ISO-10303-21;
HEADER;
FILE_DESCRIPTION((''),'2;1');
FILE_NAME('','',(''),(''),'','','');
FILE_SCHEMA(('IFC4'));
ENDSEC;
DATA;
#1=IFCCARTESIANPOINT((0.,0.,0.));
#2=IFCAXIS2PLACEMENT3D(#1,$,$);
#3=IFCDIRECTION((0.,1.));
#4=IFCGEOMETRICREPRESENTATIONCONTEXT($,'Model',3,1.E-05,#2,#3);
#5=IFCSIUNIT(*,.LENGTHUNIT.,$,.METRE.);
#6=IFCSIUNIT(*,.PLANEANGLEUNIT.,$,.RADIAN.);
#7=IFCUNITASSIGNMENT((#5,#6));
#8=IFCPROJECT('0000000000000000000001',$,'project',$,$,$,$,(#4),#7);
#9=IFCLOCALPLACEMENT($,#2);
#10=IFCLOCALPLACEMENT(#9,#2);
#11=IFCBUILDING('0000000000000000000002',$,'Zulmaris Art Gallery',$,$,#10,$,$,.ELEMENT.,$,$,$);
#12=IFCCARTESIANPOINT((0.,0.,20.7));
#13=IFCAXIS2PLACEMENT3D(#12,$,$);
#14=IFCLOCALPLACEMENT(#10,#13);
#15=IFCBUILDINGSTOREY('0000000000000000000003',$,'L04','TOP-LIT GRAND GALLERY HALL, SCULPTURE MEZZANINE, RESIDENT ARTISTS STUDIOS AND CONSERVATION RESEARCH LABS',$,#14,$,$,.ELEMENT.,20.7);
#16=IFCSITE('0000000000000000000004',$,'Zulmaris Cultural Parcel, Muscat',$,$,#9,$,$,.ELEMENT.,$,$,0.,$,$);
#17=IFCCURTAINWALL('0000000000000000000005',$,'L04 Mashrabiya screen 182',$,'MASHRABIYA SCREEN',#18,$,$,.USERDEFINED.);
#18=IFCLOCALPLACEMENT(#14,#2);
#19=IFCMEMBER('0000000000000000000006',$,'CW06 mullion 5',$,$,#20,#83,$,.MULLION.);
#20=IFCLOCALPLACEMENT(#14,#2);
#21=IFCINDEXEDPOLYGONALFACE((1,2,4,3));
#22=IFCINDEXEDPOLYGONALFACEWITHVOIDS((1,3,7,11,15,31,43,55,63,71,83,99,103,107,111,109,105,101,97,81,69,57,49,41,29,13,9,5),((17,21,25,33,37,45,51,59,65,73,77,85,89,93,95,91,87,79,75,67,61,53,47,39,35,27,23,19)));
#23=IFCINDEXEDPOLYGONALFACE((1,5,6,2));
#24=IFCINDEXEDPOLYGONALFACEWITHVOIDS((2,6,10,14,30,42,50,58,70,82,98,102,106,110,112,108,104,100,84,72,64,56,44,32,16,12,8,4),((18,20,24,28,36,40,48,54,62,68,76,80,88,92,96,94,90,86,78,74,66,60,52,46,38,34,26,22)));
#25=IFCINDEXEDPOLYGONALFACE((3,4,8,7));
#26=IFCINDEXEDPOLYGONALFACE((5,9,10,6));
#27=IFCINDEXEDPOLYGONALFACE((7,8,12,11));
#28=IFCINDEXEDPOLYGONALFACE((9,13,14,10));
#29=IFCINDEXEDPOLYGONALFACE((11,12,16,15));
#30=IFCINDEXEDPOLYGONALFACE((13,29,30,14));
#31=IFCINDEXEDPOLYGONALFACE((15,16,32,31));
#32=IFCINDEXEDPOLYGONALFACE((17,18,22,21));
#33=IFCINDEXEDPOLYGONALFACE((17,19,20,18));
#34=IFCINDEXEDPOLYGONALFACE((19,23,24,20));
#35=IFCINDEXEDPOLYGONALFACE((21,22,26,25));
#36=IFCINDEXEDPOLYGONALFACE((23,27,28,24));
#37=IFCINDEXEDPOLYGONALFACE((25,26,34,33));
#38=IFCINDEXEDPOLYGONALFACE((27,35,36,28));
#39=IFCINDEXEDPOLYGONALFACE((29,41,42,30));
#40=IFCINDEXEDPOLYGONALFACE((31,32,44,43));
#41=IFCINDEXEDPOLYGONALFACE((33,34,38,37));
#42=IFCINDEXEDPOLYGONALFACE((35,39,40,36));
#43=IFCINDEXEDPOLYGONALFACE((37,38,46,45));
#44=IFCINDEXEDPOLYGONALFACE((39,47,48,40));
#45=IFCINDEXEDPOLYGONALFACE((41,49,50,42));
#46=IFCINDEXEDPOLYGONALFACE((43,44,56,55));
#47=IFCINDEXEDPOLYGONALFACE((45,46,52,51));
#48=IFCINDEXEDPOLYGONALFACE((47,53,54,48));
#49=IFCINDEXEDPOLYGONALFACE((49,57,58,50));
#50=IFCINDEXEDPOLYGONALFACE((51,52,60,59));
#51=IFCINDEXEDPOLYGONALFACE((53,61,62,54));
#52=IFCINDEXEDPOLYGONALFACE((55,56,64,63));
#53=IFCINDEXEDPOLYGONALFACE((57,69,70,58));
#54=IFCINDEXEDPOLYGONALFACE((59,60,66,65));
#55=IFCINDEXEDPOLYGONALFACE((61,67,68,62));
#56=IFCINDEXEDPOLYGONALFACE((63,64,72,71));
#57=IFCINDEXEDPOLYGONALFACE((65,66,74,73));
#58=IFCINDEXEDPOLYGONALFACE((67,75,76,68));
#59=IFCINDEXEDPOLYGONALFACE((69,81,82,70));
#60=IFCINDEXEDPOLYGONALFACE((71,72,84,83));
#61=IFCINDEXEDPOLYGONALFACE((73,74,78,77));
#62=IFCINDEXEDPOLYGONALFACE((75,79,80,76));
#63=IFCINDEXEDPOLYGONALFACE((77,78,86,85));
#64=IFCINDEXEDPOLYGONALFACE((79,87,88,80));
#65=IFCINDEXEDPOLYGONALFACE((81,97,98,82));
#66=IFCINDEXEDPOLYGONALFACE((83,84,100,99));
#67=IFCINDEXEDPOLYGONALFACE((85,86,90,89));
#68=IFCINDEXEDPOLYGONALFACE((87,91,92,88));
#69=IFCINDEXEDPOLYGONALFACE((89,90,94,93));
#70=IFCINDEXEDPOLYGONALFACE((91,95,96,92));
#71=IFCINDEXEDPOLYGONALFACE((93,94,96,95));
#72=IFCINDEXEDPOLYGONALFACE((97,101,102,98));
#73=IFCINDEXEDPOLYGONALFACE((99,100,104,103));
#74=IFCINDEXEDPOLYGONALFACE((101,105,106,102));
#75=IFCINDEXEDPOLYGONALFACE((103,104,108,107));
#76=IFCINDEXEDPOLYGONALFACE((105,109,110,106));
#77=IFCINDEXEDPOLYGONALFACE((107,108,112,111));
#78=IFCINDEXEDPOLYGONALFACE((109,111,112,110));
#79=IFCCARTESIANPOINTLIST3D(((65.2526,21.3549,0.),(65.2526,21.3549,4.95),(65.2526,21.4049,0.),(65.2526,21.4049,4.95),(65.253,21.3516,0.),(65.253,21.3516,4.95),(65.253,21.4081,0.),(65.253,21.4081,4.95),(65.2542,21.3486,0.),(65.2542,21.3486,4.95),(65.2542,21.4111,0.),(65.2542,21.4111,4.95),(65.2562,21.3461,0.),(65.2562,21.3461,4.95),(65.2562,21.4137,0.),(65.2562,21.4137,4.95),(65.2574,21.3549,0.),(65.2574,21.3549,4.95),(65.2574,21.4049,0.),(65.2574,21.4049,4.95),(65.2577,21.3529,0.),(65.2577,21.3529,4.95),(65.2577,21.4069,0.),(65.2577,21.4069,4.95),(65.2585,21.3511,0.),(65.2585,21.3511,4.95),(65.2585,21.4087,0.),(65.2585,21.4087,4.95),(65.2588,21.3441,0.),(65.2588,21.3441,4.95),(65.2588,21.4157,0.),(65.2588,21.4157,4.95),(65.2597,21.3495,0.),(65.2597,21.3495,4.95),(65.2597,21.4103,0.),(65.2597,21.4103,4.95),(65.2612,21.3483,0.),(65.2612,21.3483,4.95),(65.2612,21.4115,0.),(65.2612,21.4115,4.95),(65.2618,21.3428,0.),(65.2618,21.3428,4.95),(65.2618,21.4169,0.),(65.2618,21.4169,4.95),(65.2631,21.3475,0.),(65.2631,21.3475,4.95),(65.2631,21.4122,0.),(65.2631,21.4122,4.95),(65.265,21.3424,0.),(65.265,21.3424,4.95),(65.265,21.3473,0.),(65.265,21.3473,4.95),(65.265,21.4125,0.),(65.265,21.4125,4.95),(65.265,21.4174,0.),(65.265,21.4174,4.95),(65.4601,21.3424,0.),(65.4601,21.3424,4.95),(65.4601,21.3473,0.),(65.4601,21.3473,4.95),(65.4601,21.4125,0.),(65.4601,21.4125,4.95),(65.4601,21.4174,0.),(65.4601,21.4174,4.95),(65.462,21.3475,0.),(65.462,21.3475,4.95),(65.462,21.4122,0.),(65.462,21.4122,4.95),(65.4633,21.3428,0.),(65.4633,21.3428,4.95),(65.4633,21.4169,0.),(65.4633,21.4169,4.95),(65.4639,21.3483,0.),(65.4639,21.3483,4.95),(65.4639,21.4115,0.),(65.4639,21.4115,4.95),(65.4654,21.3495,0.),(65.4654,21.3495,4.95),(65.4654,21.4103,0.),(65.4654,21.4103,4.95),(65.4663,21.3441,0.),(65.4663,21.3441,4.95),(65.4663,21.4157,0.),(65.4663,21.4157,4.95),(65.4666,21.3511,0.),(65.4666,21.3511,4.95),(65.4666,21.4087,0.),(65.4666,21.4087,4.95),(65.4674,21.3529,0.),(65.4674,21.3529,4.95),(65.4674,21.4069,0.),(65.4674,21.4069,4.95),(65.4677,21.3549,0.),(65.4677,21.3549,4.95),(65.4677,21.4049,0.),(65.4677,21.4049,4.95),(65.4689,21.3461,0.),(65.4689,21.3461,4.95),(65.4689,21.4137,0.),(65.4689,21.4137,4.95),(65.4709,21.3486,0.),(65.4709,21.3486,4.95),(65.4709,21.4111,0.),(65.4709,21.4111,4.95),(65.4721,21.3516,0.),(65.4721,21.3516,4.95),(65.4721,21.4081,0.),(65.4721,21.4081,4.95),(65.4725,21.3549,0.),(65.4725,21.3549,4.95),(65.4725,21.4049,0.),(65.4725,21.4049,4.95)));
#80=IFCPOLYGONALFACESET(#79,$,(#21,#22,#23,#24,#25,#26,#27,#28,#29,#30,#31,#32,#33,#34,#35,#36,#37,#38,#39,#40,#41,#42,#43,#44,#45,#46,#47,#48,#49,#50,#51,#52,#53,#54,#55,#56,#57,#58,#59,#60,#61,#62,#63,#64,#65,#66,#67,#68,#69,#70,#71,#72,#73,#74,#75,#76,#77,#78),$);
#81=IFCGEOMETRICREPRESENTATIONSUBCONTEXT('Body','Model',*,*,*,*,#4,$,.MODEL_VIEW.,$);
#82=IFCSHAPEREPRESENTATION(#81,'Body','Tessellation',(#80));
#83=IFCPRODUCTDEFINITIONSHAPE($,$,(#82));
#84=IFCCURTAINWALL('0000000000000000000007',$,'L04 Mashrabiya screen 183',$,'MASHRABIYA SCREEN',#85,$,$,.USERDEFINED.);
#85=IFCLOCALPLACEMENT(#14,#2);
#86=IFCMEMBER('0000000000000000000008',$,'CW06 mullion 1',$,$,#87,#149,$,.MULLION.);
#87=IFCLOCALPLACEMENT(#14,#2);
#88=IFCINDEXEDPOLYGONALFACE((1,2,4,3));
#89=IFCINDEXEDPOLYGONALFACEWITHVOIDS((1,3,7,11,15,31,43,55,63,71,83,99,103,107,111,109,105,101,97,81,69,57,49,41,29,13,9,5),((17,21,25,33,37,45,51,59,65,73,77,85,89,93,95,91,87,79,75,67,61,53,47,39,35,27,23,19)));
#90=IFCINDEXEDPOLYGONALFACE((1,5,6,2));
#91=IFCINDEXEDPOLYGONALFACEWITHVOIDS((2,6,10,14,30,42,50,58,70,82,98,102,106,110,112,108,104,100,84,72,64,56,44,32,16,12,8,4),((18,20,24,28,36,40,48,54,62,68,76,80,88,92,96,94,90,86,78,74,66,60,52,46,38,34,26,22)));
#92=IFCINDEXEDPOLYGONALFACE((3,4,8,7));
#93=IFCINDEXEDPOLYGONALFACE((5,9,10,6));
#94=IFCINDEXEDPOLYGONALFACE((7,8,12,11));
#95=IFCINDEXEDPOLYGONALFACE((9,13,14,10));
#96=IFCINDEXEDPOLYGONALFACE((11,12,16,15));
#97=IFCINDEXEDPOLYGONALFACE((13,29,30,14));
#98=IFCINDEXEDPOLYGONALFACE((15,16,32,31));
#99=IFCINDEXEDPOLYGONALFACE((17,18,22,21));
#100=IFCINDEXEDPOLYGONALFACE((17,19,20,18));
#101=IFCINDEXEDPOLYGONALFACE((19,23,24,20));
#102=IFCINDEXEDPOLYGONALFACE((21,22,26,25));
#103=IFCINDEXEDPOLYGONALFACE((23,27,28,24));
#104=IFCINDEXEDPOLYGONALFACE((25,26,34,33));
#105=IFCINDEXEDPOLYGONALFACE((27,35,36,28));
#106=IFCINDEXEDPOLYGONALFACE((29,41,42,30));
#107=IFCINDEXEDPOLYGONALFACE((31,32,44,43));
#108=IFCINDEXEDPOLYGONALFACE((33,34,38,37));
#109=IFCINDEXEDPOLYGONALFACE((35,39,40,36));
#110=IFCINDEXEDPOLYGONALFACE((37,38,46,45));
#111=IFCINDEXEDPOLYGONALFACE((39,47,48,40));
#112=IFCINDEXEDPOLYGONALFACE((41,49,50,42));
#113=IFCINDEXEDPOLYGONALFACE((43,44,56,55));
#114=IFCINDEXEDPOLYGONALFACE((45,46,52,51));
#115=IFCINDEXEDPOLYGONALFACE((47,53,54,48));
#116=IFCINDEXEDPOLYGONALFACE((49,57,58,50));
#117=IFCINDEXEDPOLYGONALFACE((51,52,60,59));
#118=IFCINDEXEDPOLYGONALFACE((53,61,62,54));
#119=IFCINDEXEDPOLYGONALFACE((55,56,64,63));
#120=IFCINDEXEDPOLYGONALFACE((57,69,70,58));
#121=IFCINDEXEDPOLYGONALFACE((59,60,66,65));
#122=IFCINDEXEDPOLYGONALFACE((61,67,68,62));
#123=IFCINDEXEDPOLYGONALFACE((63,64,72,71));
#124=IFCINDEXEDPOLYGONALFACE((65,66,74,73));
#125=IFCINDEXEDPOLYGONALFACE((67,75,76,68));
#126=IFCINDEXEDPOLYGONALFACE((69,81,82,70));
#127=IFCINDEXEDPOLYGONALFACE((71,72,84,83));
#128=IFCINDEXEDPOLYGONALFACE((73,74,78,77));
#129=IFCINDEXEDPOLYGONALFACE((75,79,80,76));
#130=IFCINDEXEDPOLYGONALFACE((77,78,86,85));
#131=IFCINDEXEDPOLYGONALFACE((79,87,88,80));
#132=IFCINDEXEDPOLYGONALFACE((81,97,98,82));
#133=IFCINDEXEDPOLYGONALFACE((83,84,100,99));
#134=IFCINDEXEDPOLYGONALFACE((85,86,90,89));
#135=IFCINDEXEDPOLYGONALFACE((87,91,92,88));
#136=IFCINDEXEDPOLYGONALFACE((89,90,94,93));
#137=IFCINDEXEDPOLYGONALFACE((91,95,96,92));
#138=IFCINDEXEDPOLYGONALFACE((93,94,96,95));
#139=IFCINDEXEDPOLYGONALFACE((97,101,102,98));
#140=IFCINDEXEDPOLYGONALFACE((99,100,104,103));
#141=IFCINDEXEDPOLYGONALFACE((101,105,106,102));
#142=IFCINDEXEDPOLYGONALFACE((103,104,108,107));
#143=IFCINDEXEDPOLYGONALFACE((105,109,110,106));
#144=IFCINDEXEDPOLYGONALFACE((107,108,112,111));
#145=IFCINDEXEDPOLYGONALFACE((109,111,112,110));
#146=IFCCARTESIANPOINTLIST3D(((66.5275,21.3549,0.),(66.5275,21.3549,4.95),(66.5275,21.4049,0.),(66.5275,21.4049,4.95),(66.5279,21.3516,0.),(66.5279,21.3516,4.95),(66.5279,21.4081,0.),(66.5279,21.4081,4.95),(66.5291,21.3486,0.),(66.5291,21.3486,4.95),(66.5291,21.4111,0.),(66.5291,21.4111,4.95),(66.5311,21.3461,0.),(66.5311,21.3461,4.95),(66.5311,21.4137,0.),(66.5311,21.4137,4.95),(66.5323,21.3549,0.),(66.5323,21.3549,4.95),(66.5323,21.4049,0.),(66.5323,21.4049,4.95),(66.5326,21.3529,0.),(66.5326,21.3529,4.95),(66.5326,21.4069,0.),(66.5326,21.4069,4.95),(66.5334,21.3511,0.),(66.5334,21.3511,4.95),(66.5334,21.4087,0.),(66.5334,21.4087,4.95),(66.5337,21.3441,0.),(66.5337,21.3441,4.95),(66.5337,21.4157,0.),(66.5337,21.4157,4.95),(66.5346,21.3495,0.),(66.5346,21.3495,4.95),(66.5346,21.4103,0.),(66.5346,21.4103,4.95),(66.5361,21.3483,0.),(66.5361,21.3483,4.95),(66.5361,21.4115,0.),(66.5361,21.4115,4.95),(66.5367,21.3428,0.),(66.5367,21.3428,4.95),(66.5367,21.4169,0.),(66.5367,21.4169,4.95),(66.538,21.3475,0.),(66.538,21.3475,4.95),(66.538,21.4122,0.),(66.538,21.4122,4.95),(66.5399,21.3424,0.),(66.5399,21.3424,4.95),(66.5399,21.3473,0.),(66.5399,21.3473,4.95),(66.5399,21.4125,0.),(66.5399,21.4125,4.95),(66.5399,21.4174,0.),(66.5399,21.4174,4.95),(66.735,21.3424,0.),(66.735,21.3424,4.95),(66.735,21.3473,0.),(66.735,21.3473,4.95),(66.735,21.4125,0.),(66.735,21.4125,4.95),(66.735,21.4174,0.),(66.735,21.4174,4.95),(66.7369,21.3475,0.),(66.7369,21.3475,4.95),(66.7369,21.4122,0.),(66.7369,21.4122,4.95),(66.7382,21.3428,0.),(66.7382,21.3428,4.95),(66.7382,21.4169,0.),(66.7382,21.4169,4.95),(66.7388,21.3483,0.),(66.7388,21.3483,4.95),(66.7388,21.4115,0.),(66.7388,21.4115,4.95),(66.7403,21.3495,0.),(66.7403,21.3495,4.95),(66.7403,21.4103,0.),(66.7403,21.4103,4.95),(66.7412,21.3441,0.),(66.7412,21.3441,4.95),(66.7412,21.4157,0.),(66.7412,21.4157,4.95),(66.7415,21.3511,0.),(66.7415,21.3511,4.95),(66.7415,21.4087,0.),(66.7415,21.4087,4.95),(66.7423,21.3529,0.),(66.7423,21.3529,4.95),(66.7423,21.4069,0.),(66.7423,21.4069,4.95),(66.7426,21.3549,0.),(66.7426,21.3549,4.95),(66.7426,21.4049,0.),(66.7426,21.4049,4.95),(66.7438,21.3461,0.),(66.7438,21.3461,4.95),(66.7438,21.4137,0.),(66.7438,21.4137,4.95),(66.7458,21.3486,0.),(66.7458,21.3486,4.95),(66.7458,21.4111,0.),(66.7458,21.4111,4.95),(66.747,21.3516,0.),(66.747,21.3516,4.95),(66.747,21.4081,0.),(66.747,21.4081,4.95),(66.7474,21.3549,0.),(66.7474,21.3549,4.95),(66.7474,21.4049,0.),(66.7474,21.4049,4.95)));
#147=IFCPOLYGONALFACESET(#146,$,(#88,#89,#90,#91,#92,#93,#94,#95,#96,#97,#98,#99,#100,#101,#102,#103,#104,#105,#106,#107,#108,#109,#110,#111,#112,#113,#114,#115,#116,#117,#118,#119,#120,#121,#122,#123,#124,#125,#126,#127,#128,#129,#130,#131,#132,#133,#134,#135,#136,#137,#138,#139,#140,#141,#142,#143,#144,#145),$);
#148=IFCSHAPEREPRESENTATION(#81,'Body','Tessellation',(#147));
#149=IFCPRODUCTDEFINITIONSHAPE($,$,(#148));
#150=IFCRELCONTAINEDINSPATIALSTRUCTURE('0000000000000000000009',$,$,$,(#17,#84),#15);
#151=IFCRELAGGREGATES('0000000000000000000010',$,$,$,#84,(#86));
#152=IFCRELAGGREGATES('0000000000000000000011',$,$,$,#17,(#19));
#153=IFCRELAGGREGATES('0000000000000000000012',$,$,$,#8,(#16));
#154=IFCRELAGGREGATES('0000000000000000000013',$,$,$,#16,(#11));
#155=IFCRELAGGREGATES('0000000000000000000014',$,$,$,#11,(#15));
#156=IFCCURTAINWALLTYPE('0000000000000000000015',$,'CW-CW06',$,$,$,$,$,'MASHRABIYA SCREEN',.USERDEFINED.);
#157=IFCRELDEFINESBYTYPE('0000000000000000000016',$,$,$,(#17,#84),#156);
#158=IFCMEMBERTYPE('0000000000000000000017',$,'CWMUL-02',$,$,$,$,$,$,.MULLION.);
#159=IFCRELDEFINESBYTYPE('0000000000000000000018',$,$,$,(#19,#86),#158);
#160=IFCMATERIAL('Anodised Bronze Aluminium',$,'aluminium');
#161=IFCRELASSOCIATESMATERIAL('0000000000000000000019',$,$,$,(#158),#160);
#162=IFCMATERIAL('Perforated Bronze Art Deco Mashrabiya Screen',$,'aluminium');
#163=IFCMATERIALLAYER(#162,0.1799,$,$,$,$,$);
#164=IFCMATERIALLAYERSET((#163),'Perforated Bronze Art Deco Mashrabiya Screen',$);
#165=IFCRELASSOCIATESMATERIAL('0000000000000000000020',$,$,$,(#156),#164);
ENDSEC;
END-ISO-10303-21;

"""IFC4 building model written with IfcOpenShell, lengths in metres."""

from ifc_helpers import new_model, si_unit, direction, frame, origin, origin_2d, place, context, subcontext, project, spatial, hollow_rectangle, extrude, material, layer, layer_set, material_profile, profile_set, type_object, element, aggregate, save


model = new_model("IFC4")

# Units and contexts
model_context = context("Model", 3, precision=1e-05, world=origin(), true_north=direction((0.0, 1.0)))
body_context = subcontext(model_context, "Body", "Model", "MODEL_VIEW")
ifc_project = project(units=[si_unit("LENGTHUNIT", "METRE"), si_unit("PLANEANGLEUNIT", "RADIAN")], contexts=[model_context])

# Site, building, storey
site_placement = place(None, origin())
site = spatial("IfcSite", under=ifc_project, at=site_placement, Name="Zulmaris Cultural Parcel, Muscat", CompositionType="ELEMENT", RefElevation=0.0)
building_placement = place(site_placement, origin())
building = spatial("IfcBuilding", under=site, at=building_placement, Name="Zulmaris Art Gallery", CompositionType="ELEMENT")
storey_placement = place(building_placement, frame((0.0, 0.0, 20.7)))
storey = spatial("IfcBuildingStorey", under=building, at=storey_placement, Name="L04", Description="TOP-LIT GRAND GALLERY HALL, SCULPTURE MEZZANINE, RESIDENT ARTISTS STUDIOS AND CONSERVATION RESEARCH LABS", CompositionType="ELEMENT", Elevation=20.7)

# Curtain wall, member
ifc_material_1 = material(Name="Anodised Bronze Aluminium", Category="aluminium")
ifc_material_profile_1 = material_profile(ifc_material_1, hollow_rectangle(XDim=0.075, YDim=0.22, WallThickness=0.0049, InnerFilletRadius=0.0076, OuterFilletRadius=0.0125, at=origin_2d()), Name="ALU 75x220x5")
ifc_profile_set_1 = profile_set([ifc_material_profile_1], Name="Anodised Bronze Aluminium")
member_type_1 = type_object("IfcMemberType", Name="CWMUL-02", PredefinedType="MULLION", material=ifc_profile_set_1)
ifc_material_2 = material(Name="Perforated Bronze Art Deco Mashrabiya Screen", Category="aluminium")
ifc_layer_1 = layer(ifc_material_2, 0.1799)
ifc_layer_set_1 = layer_set([ifc_layer_1], Name="Perforated Bronze Art Deco Mashrabiya Screen")
curtain_wall_type_1 = type_object("IfcCurtainWallType", Name="CW-CW06", ElementType="MASHRABIYA SCREEN", PredefinedType="USERDEFINED", material=ifc_layer_set_1)
curtain_wall_1_placement = place(storey_placement, origin())
curtain_wall_1 = element("IfcCurtainWall", 1, at=curtain_wall_1_placement, inside=storey, type_object=curtain_wall_type_1, Name="L04 Mashrabiya screen 182", ObjectType="MASHRABIYA SCREEN", PredefinedType="USERDEFINED")
member_1_placement = place(storey_placement, frame((65.3625, 21.3799, 0.0), z_axis=(0.0, 0.0, 1.0), x_axis=(0.0, 1.0, 0.0)))
member_1 = element("IfcMember", 2, at=member_1_placement, type_object=member_type_1, Name="CW06 mullion 5", PredefinedType="MULLION", context=body_context, shape_type="SweptSolid", body=[
    extrude(hollow_rectangle(XDim=0.075, YDim=0.22, WallThickness=0.0049, InnerFilletRadius=0.0076, OuterFilletRadius=0.0125, at=origin_2d()), origin(), (0.0, 0.0, 1.0), 4.95),
])

# Curtain wall, member
curtain_wall_2_placement = place(storey_placement, origin())
curtain_wall_2 = element("IfcCurtainWall", 3, at=curtain_wall_2_placement, inside=storey, type_object=curtain_wall_type_1, Name="L04 Mashrabiya screen 183", ObjectType="MASHRABIYA SCREEN", PredefinedType="USERDEFINED")
member_2_placement = place(storey_placement, frame((66.6375, 21.3799, 0.0), z_axis=(0.0, 0.0, 1.0), x_axis=(0.0, 1.0, 0.0)))
member_2 = element("IfcMember", 4, at=member_2_placement, type_object=member_type_1, Name="CW06 mullion 1", PredefinedType="MULLION", context=body_context, shape_type="SweptSolid", body=[
    extrude(hollow_rectangle(XDim=0.075, YDim=0.22, WallThickness=0.0049, InnerFilletRadius=0.0076, OuterFilletRadius=0.0125, at=origin_2d()), origin(), (0.0, 0.0, 1.0), 4.95),
])

aggregate(curtain_wall_2, [member_2])

aggregate(curtain_wall_1, [member_1])

save(model, "model.ifc")
